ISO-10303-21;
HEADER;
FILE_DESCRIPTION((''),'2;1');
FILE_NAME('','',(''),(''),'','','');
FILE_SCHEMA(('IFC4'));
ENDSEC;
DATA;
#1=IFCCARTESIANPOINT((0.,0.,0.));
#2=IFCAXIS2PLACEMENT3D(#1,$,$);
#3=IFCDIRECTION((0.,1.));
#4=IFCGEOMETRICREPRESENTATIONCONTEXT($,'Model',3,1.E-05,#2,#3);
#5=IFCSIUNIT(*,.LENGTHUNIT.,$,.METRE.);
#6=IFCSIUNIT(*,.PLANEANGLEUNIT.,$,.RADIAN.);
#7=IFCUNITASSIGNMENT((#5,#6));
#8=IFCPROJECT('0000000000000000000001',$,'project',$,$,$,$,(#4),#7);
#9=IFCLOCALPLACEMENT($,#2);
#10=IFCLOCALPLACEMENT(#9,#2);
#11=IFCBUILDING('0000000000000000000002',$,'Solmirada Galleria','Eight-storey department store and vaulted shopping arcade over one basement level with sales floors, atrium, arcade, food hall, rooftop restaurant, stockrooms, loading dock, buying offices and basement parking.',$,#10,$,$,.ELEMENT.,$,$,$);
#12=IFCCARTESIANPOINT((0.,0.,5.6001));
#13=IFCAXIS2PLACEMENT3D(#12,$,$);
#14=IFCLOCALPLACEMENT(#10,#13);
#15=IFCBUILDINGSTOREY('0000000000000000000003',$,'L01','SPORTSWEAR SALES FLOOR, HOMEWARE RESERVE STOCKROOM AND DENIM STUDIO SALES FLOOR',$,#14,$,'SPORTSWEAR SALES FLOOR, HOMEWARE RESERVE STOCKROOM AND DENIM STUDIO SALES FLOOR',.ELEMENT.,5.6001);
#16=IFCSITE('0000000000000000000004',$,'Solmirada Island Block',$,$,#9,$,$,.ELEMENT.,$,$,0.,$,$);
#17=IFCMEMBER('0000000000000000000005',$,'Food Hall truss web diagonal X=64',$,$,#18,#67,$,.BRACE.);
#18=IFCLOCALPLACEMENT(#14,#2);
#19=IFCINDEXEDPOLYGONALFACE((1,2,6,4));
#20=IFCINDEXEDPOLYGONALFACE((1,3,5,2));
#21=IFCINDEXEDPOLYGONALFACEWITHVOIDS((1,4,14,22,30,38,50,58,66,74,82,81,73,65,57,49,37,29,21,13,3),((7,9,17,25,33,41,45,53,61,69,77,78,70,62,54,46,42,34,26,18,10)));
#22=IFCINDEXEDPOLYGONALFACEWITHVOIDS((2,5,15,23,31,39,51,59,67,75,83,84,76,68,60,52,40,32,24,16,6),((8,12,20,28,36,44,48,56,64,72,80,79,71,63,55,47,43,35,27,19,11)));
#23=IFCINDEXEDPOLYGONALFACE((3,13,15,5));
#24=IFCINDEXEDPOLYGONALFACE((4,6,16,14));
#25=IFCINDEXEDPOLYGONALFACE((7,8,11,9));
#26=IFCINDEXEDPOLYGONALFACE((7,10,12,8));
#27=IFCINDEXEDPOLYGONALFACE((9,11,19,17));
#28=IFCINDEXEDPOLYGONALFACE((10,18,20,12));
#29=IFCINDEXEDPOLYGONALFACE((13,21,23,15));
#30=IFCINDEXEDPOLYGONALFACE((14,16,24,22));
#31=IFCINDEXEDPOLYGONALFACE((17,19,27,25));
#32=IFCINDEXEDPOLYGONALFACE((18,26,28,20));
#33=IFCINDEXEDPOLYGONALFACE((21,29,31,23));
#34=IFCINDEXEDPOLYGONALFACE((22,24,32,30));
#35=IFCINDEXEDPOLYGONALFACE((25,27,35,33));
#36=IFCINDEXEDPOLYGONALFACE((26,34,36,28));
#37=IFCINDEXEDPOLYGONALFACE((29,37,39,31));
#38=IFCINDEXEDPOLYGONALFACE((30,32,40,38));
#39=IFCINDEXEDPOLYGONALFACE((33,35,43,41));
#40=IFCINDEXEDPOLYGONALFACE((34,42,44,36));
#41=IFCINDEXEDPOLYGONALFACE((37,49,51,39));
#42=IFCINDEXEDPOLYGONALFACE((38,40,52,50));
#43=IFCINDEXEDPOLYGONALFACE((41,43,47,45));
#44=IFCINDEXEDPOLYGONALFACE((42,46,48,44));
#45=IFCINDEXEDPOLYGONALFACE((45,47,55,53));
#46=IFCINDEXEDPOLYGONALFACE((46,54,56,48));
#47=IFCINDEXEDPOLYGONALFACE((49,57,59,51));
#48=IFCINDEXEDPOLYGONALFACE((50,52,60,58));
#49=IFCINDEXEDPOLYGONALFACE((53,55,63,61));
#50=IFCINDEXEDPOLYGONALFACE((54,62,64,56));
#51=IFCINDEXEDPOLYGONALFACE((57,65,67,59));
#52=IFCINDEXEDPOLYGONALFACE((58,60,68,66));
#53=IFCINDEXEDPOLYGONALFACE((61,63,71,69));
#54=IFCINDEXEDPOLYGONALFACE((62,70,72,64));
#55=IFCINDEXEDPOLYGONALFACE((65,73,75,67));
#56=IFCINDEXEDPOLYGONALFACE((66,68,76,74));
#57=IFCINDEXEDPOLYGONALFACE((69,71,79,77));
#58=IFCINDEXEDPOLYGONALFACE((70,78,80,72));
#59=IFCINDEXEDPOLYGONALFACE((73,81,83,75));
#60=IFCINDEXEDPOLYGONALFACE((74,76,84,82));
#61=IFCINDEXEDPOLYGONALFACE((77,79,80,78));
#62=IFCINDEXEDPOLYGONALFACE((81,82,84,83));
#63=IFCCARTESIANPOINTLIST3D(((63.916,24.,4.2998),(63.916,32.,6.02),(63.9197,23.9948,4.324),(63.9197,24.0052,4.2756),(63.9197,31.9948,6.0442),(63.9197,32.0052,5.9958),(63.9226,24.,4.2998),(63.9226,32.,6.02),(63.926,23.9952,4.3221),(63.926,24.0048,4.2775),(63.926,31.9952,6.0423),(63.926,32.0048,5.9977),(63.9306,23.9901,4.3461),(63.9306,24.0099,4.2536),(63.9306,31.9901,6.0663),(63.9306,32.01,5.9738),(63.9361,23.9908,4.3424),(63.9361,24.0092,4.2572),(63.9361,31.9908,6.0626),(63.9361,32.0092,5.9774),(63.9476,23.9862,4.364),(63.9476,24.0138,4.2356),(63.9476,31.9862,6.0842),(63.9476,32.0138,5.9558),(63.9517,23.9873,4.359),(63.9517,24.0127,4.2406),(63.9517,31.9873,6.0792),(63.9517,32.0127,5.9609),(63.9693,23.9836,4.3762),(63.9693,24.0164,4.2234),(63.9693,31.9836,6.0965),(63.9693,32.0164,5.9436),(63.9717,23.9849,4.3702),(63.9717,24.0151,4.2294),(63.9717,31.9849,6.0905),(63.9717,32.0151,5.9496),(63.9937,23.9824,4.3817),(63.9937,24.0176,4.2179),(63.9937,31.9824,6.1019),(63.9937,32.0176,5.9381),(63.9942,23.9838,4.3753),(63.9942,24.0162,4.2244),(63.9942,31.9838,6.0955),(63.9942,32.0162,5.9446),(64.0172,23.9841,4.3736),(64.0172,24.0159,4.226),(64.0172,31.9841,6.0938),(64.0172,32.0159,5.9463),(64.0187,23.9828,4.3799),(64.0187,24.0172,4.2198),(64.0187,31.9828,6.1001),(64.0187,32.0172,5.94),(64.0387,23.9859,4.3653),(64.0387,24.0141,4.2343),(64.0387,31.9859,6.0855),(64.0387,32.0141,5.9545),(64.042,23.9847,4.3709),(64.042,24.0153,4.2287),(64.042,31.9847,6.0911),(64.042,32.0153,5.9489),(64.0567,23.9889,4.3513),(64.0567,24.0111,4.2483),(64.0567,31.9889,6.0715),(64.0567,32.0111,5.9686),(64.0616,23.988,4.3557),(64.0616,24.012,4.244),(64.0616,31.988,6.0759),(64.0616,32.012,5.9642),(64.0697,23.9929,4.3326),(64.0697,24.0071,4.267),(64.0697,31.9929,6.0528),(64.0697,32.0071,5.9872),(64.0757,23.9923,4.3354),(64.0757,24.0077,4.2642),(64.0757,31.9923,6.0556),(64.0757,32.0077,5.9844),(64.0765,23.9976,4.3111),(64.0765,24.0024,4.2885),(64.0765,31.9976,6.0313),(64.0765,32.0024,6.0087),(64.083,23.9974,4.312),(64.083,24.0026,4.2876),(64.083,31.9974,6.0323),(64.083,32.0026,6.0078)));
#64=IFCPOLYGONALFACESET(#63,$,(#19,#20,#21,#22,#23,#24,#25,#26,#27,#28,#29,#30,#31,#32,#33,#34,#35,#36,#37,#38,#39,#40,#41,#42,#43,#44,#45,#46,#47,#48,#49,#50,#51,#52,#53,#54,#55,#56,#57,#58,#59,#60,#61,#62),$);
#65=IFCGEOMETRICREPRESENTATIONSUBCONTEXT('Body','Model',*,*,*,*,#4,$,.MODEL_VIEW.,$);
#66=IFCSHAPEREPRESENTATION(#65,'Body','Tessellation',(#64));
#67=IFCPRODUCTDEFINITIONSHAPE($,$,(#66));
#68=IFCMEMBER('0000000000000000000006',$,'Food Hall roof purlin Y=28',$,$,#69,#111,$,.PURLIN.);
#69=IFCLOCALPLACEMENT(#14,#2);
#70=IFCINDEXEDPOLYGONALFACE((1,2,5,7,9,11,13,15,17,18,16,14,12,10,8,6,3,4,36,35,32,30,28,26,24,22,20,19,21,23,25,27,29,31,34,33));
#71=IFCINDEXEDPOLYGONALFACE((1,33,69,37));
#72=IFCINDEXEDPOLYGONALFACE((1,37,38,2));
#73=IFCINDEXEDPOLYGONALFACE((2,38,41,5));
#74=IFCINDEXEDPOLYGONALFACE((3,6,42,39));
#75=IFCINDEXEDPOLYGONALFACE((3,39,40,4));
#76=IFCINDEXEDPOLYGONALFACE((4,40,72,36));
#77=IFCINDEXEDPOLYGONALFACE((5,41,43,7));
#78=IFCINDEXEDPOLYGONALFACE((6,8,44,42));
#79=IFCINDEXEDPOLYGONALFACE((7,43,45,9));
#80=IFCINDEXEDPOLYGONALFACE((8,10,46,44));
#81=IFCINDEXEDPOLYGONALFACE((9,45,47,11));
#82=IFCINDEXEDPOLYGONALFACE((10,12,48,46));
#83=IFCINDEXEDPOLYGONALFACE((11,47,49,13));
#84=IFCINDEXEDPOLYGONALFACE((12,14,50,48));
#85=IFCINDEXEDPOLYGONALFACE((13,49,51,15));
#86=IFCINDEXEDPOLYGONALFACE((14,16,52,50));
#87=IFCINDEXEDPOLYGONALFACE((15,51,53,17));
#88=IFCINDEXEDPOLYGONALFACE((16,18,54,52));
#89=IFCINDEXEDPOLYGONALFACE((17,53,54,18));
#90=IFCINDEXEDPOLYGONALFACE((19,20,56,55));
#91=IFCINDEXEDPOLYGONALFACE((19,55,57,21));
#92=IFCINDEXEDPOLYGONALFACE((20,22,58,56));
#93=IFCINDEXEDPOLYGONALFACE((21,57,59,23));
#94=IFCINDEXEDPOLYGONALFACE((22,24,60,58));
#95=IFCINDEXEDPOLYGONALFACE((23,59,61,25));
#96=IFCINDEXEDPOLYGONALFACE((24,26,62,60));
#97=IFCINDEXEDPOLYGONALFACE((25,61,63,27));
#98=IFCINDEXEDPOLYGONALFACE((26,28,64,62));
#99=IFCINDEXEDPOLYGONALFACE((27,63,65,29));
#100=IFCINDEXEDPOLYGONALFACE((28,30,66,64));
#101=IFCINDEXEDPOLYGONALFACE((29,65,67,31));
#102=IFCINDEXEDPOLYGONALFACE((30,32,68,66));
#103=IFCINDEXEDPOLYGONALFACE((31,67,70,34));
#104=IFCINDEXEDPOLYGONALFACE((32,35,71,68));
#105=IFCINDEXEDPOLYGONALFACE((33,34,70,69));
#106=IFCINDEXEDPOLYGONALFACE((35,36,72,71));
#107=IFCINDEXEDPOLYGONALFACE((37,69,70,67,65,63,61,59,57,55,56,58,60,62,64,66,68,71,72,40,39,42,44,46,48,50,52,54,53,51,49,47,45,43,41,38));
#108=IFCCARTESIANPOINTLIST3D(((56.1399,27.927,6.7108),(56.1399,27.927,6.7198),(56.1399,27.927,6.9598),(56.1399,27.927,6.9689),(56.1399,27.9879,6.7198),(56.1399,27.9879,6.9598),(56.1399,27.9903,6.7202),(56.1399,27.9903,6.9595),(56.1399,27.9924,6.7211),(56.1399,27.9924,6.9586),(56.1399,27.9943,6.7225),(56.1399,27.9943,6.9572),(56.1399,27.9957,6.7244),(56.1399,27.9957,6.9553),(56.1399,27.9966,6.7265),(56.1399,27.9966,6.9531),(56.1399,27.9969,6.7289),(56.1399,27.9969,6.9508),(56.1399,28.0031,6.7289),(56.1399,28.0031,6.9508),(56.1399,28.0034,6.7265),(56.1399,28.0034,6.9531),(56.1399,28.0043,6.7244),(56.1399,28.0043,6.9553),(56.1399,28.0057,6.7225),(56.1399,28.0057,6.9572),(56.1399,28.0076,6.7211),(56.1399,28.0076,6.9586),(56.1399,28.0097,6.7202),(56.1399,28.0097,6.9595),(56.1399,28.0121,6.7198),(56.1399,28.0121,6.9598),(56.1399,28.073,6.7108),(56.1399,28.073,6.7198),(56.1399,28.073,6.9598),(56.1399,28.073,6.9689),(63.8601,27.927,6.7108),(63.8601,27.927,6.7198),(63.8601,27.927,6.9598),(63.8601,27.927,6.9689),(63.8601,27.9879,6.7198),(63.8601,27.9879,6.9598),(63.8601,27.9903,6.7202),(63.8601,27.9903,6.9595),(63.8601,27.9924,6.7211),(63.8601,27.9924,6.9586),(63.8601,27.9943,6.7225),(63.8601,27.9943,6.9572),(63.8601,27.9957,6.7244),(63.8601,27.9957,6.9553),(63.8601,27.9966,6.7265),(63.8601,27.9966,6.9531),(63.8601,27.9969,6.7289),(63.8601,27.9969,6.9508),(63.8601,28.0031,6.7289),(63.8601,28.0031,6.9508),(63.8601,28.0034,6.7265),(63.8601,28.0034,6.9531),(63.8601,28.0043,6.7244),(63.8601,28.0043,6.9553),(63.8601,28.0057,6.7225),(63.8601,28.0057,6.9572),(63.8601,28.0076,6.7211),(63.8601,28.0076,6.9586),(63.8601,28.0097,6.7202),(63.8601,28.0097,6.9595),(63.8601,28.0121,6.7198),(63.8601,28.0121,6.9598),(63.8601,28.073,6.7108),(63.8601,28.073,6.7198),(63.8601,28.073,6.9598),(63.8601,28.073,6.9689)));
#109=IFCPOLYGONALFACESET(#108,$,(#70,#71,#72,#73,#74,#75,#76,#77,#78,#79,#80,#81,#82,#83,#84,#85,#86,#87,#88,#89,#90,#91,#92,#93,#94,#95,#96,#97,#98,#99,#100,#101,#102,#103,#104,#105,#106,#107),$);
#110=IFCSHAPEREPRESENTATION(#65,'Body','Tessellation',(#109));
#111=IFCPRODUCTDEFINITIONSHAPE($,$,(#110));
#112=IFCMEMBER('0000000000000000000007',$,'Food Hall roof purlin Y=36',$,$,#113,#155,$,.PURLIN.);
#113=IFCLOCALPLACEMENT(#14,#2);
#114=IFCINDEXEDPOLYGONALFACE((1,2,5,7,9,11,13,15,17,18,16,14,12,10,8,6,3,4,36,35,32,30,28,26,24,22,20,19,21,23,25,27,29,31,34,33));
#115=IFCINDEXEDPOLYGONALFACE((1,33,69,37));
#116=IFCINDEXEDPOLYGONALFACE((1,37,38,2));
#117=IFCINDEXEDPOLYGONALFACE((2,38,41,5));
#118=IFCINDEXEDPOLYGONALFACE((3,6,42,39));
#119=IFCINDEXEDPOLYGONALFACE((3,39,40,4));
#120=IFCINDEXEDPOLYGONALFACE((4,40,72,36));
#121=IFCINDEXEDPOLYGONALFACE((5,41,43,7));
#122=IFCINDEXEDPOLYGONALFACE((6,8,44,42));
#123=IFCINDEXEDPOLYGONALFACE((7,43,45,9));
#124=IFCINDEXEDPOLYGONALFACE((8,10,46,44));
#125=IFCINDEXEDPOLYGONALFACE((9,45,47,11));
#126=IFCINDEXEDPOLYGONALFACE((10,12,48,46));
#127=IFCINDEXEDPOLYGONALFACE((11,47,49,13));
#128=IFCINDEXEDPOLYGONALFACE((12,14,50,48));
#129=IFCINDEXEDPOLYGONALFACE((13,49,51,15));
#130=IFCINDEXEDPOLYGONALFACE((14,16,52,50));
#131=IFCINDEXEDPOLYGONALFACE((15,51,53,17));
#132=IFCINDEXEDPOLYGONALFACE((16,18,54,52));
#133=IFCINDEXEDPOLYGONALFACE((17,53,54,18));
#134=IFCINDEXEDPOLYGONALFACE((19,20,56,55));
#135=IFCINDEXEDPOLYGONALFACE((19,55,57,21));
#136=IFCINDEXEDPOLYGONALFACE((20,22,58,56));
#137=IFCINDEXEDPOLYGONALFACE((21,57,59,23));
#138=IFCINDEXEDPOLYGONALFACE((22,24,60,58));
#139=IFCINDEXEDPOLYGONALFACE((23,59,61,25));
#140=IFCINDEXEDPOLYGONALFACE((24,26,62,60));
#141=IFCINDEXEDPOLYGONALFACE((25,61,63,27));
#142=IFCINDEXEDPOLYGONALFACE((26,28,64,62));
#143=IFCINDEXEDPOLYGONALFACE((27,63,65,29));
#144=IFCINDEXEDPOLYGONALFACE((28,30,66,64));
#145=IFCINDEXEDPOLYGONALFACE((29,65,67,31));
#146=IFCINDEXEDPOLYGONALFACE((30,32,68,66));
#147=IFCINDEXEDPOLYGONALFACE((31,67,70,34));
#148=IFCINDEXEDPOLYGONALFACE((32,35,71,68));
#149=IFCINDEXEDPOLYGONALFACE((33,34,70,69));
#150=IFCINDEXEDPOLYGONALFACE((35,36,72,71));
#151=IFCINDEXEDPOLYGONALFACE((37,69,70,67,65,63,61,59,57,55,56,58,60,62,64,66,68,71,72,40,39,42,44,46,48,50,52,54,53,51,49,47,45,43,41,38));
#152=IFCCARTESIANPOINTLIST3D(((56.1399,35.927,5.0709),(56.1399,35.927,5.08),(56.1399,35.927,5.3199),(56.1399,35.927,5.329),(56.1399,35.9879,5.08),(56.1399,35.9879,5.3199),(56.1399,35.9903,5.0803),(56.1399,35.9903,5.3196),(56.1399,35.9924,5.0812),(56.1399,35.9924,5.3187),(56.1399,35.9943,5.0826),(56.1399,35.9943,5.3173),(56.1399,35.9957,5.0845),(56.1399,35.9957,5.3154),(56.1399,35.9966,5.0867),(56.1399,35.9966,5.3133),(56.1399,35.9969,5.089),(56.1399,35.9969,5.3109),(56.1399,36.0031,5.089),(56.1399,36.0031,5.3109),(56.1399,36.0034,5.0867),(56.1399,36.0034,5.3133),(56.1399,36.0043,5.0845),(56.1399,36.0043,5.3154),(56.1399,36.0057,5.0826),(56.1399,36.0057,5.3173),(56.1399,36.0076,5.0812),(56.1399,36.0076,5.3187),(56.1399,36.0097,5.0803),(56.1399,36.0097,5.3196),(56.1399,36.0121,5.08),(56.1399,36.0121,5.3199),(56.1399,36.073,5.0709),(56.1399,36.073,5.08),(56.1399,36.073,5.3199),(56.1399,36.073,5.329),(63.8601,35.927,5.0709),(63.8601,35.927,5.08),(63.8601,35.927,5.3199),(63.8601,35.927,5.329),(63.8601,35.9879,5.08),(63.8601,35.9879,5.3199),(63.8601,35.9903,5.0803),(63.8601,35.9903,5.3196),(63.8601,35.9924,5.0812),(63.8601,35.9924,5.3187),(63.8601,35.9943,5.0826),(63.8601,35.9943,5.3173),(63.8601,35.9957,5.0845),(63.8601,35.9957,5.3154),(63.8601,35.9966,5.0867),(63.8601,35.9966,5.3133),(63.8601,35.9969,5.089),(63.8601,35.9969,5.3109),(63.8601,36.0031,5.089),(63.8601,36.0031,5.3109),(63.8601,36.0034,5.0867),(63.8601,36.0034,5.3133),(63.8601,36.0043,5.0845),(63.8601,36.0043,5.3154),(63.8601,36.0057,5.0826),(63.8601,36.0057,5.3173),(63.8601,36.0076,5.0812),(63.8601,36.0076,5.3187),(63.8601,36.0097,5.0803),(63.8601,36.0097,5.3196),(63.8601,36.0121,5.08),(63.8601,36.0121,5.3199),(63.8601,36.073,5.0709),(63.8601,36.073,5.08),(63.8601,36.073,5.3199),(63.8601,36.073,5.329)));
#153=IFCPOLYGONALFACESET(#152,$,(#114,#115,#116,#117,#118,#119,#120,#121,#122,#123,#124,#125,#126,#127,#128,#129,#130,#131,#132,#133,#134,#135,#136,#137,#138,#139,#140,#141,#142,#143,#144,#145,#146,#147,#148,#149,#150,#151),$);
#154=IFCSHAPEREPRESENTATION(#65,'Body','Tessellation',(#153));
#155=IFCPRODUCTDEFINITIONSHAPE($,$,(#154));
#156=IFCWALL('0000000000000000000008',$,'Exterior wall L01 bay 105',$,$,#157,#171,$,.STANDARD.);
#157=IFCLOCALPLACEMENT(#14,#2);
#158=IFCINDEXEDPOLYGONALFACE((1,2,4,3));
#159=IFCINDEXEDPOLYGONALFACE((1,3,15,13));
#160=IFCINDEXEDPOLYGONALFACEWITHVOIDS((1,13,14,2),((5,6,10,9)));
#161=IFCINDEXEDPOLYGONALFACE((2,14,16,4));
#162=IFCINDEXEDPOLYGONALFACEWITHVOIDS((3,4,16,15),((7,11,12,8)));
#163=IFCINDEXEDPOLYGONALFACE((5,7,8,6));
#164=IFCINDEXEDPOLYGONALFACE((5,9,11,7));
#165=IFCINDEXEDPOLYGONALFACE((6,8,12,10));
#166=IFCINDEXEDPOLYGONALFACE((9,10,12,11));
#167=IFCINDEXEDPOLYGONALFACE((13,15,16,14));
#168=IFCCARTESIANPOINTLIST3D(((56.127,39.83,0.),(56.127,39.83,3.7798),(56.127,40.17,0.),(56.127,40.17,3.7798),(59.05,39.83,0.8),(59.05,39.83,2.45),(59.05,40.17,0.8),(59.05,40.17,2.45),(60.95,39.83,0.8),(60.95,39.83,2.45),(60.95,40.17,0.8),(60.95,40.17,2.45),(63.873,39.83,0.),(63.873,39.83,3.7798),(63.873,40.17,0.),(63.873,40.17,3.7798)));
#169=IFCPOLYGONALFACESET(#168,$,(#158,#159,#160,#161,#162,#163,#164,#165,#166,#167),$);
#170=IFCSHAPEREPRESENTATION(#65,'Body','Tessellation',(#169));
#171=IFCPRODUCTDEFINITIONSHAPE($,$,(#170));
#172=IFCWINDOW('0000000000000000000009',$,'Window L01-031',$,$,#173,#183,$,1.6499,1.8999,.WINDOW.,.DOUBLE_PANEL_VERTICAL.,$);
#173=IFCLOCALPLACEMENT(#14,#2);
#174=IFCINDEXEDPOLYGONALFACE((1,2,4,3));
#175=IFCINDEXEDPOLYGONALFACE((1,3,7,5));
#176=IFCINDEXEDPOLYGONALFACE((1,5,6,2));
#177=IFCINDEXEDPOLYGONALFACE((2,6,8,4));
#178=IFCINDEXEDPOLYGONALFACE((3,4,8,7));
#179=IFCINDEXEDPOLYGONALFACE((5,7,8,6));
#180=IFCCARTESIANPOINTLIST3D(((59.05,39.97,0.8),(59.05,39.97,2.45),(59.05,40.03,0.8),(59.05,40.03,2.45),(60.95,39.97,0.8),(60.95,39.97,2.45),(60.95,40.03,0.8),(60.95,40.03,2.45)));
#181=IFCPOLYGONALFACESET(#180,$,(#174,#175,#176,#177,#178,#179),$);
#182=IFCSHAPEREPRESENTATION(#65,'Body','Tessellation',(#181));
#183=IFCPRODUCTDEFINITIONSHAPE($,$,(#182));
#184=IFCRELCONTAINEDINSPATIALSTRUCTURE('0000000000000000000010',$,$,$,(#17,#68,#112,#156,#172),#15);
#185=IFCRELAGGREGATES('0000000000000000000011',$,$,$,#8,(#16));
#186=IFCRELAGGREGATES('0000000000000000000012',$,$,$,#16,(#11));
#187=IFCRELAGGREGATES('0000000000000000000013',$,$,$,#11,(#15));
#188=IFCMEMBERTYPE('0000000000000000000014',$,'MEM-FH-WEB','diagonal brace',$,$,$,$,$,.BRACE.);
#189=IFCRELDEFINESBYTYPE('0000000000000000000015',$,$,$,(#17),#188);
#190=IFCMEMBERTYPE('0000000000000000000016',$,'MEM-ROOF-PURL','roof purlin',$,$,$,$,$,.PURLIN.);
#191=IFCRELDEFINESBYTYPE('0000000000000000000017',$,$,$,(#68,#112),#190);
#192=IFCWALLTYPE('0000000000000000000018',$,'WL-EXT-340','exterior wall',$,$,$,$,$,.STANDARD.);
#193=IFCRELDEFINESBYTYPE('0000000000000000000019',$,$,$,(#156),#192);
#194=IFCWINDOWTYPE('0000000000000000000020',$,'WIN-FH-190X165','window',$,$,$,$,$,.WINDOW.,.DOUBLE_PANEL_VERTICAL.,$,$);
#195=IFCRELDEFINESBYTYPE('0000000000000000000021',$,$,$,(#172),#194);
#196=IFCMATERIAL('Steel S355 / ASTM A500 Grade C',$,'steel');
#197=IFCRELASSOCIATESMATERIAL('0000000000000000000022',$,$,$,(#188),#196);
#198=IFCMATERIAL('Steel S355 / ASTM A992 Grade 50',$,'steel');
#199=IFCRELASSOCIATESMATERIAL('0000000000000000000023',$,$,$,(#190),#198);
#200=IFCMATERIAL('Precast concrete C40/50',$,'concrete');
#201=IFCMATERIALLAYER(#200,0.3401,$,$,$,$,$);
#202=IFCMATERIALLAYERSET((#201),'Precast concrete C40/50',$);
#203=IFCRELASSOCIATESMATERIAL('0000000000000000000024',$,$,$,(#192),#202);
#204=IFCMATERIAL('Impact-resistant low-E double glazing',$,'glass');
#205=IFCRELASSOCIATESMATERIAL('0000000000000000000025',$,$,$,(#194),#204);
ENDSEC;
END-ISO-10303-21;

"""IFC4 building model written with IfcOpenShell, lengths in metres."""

from ifc_helpers import new_model, si_unit, direction, frame, frame_2d, origin, origin_2d, place, context, subcontext, project, spatial, rectangle, hollow_circle, i_section, extrude, material, layer, layer_set, material_profile, profile_set, type_object, element, fill, save


model = new_model("IFC4")

# Units and contexts
model_context = context("Model", 3, precision=1e-05, world=origin(), true_north=direction((0.0, 1.0)))
body_context = subcontext(model_context, "Body", "Model", "MODEL_VIEW")
ifc_project = project(units=[si_unit("LENGTHUNIT", "METRE"), si_unit("PLANEANGLEUNIT", "RADIAN")], contexts=[model_context])

# Site, building, storey
site_placement = place(None, origin())
site = spatial("IfcSite", under=ifc_project, at=site_placement, Name="Solmirada Island Block", CompositionType="ELEMENT", RefElevation=0.0)
building_placement = place(site_placement, origin())
building = spatial("IfcBuilding", under=site, at=building_placement, Name="Solmirada Galleria", Description="Eight-storey department store and vaulted shopping arcade over one basement level with sales floors, atrium, arcade, food hall, rooftop restaurant, stockrooms, loading dock, buying offices and basement parking.", CompositionType="ELEMENT")
storey_placement = place(building_placement, frame((0.0, 0.0, 5.6001)))
storey = spatial("IfcBuildingStorey", under=building, at=storey_placement, Name="L01", Description="SPORTSWEAR SALES FLOOR, HOMEWARE RESERVE STOCKROOM AND DENIM STUDIO SALES FLOOR", LongName="SPORTSWEAR SALES FLOOR, HOMEWARE RESERVE STOCKROOM AND DENIM STUDIO SALES FLOOR", CompositionType="ELEMENT", Elevation=5.6001)

# Shared definitions
ifc_material_1 = material(Name="Steel S355 / ASTM A500 Grade C", Category="steel")

# Members
ifc_material_profile_1 = material_profile(ifc_material_1, hollow_circle(Radius=0.084, WallThickness=0.0066, at=origin_2d()), Name="HSS6.625X0.280")
ifc_profile_set_1 = profile_set([ifc_material_profile_1], Name="Steel S355 / ASTM A500 Grade C")
member_type_1 = type_object("IfcMemberType", Name="MEM-FH-WEB", Description="diagonal brace", PredefinedType="BRACE", material=ifc_profile_set_1)
member_1_placement = place(storey_placement, frame((64.0, 24.0, 4.2998), z_axis=(0.0, 0.977654, 0.210222), x_axis=(-1.0, 0.0, 0.0)))
element("IfcMember", 1, at=member_1_placement, inside=storey, type_object=member_type_1, Name="Food Hall truss web diagonal X=64", PredefinedType="BRACE", context=body_context, shape_type="SweptSolid", body=[
    extrude(hollow_circle(Radius=0.084, WallThickness=0.0066, at=origin_2d()), origin(), (0.0, 0.0, 1.0), 8.1829),
])
ifc_material_2 = material(Name="Steel S355 / ASTM A992 Grade 50", Category="steel")
ifc_material_profile_2 = material_profile(ifc_material_2, i_section(OverallWidth=0.146, OverallDepth=0.2581, WebThickness=0.0061, FlangeThickness=0.009, FilletRadius=0.009, at=origin_2d()), Name="W10X22")
ifc_profile_set_2 = profile_set([ifc_material_profile_2], Name="Steel S355 / ASTM A992 Grade 50")
member_type_2 = type_object("IfcMemberType", Name="MEM-ROOF-PURL", Description="roof purlin", PredefinedType="PURLIN", material=ifc_profile_set_2)
for number, where, z_axis, x_axis, name in (
    (2, (56.1399, 28.0, 6.8398), (1.0, 0.0, 0.0), (0.0, 1.0, 0.0), "Food Hall roof purlin Y=28"),
    (3, (56.1399, 36.0, 5.2), (1.0, 0.0, 0.0), (0.0, 1.0, 0.0), "Food Hall roof purlin Y=36"),
):
    element("IfcMember", number, at=place(storey_placement, frame(where, z_axis=z_axis, x_axis=x_axis)), inside=storey, type_object=member_type_2, Name=name, PredefinedType="PURLIN", context=body_context, shape_type="SweptSolid", body=[
        extrude(i_section(OverallWidth=0.146, OverallDepth=0.2581, WebThickness=0.0061, FlangeThickness=0.009, FilletRadius=0.009, at=origin_2d()), origin(), (0.0, 0.0, 1.0), 7.7202),
    ])

# Wall, opening, window
ifc_material_3 = material(Name="Precast concrete C40/50", Category="concrete")
ifc_layer_1 = layer(ifc_material_3, 0.3401)
ifc_layer_set_1 = layer_set([ifc_layer_1], Name="Precast concrete C40/50")
wall_type = type_object("IfcWallType", Name="WL-EXT-340", Description="exterior wall", PredefinedType="STANDARD", material=ifc_layer_set_1)
wall_placement = place(storey_placement, frame((56.127, 40.0, 0.0), z_axis=(0.0, 0.0, 1.0), x_axis=(1.0, 0.0, 0.0)))
wall = element("IfcWall", 4, at=wall_placement, inside=storey, type_object=wall_type, Name="Exterior wall L01 bay 105", PredefinedType="STANDARD", context=body_context, shape_type="SweptSolid", body=[
    extrude(rectangle(XDim=7.7461, YDim=0.3401, at=frame_2d((3.873, 0.0))), origin(), (0.0, 0.0, 1.0), 3.7798),
])
opening_placement = place(wall_placement, frame((2.9231, 0.0, 0.8)))
opening = element("IfcOpeningElement", 5, at=opening_placement, cuts=wall, PredefinedType="OPENING", context=body_context, shape_type="SweptSolid", body=[
    extrude(rectangle(XDim=1.8999, YDim=1.6499, at=frame_2d((0.95, 0.825))), frame((0.0, 0.1799, 0.0), z_axis=(0.0, -1.0, 0.0), x_axis=(1.0, 0.0, 0.0)), (0.0, 0.0, 1.0), 0.3601),
])
ifc_material_4 = material(Name="Impact-resistant low-E double glazing", Category="glass")
window_type = type_object("IfcWindowType", Name="WIN-FH-190X165", Description="window", PartitioningType="DOUBLE_PANEL_VERTICAL", PredefinedType="WINDOW", material=ifc_material_4)
window_placement = place(opening_placement, origin())
window = element("IfcWindow", 6, at=window_placement, inside=storey, type_object=window_type, Name="Window L01-031", OverallHeight=1.6499, OverallWidth=1.8999, PartitioningType="DOUBLE_PANEL_VERTICAL", PredefinedType="WINDOW", context=body_context, shape_type="SweptSolid", body=[
    extrude(rectangle(XDim=1.8999, YDim=1.6499, at=frame_2d((0.95, 0.825))), frame((0.0, 0.03, 0.0), z_axis=(0.0, -1.0, 0.0), x_axis=(1.0, 0.0, 0.0)), (0.0, 0.0, 1.0), 0.0601),
])
fill(opening, window)

save(model, "model.ifc")
